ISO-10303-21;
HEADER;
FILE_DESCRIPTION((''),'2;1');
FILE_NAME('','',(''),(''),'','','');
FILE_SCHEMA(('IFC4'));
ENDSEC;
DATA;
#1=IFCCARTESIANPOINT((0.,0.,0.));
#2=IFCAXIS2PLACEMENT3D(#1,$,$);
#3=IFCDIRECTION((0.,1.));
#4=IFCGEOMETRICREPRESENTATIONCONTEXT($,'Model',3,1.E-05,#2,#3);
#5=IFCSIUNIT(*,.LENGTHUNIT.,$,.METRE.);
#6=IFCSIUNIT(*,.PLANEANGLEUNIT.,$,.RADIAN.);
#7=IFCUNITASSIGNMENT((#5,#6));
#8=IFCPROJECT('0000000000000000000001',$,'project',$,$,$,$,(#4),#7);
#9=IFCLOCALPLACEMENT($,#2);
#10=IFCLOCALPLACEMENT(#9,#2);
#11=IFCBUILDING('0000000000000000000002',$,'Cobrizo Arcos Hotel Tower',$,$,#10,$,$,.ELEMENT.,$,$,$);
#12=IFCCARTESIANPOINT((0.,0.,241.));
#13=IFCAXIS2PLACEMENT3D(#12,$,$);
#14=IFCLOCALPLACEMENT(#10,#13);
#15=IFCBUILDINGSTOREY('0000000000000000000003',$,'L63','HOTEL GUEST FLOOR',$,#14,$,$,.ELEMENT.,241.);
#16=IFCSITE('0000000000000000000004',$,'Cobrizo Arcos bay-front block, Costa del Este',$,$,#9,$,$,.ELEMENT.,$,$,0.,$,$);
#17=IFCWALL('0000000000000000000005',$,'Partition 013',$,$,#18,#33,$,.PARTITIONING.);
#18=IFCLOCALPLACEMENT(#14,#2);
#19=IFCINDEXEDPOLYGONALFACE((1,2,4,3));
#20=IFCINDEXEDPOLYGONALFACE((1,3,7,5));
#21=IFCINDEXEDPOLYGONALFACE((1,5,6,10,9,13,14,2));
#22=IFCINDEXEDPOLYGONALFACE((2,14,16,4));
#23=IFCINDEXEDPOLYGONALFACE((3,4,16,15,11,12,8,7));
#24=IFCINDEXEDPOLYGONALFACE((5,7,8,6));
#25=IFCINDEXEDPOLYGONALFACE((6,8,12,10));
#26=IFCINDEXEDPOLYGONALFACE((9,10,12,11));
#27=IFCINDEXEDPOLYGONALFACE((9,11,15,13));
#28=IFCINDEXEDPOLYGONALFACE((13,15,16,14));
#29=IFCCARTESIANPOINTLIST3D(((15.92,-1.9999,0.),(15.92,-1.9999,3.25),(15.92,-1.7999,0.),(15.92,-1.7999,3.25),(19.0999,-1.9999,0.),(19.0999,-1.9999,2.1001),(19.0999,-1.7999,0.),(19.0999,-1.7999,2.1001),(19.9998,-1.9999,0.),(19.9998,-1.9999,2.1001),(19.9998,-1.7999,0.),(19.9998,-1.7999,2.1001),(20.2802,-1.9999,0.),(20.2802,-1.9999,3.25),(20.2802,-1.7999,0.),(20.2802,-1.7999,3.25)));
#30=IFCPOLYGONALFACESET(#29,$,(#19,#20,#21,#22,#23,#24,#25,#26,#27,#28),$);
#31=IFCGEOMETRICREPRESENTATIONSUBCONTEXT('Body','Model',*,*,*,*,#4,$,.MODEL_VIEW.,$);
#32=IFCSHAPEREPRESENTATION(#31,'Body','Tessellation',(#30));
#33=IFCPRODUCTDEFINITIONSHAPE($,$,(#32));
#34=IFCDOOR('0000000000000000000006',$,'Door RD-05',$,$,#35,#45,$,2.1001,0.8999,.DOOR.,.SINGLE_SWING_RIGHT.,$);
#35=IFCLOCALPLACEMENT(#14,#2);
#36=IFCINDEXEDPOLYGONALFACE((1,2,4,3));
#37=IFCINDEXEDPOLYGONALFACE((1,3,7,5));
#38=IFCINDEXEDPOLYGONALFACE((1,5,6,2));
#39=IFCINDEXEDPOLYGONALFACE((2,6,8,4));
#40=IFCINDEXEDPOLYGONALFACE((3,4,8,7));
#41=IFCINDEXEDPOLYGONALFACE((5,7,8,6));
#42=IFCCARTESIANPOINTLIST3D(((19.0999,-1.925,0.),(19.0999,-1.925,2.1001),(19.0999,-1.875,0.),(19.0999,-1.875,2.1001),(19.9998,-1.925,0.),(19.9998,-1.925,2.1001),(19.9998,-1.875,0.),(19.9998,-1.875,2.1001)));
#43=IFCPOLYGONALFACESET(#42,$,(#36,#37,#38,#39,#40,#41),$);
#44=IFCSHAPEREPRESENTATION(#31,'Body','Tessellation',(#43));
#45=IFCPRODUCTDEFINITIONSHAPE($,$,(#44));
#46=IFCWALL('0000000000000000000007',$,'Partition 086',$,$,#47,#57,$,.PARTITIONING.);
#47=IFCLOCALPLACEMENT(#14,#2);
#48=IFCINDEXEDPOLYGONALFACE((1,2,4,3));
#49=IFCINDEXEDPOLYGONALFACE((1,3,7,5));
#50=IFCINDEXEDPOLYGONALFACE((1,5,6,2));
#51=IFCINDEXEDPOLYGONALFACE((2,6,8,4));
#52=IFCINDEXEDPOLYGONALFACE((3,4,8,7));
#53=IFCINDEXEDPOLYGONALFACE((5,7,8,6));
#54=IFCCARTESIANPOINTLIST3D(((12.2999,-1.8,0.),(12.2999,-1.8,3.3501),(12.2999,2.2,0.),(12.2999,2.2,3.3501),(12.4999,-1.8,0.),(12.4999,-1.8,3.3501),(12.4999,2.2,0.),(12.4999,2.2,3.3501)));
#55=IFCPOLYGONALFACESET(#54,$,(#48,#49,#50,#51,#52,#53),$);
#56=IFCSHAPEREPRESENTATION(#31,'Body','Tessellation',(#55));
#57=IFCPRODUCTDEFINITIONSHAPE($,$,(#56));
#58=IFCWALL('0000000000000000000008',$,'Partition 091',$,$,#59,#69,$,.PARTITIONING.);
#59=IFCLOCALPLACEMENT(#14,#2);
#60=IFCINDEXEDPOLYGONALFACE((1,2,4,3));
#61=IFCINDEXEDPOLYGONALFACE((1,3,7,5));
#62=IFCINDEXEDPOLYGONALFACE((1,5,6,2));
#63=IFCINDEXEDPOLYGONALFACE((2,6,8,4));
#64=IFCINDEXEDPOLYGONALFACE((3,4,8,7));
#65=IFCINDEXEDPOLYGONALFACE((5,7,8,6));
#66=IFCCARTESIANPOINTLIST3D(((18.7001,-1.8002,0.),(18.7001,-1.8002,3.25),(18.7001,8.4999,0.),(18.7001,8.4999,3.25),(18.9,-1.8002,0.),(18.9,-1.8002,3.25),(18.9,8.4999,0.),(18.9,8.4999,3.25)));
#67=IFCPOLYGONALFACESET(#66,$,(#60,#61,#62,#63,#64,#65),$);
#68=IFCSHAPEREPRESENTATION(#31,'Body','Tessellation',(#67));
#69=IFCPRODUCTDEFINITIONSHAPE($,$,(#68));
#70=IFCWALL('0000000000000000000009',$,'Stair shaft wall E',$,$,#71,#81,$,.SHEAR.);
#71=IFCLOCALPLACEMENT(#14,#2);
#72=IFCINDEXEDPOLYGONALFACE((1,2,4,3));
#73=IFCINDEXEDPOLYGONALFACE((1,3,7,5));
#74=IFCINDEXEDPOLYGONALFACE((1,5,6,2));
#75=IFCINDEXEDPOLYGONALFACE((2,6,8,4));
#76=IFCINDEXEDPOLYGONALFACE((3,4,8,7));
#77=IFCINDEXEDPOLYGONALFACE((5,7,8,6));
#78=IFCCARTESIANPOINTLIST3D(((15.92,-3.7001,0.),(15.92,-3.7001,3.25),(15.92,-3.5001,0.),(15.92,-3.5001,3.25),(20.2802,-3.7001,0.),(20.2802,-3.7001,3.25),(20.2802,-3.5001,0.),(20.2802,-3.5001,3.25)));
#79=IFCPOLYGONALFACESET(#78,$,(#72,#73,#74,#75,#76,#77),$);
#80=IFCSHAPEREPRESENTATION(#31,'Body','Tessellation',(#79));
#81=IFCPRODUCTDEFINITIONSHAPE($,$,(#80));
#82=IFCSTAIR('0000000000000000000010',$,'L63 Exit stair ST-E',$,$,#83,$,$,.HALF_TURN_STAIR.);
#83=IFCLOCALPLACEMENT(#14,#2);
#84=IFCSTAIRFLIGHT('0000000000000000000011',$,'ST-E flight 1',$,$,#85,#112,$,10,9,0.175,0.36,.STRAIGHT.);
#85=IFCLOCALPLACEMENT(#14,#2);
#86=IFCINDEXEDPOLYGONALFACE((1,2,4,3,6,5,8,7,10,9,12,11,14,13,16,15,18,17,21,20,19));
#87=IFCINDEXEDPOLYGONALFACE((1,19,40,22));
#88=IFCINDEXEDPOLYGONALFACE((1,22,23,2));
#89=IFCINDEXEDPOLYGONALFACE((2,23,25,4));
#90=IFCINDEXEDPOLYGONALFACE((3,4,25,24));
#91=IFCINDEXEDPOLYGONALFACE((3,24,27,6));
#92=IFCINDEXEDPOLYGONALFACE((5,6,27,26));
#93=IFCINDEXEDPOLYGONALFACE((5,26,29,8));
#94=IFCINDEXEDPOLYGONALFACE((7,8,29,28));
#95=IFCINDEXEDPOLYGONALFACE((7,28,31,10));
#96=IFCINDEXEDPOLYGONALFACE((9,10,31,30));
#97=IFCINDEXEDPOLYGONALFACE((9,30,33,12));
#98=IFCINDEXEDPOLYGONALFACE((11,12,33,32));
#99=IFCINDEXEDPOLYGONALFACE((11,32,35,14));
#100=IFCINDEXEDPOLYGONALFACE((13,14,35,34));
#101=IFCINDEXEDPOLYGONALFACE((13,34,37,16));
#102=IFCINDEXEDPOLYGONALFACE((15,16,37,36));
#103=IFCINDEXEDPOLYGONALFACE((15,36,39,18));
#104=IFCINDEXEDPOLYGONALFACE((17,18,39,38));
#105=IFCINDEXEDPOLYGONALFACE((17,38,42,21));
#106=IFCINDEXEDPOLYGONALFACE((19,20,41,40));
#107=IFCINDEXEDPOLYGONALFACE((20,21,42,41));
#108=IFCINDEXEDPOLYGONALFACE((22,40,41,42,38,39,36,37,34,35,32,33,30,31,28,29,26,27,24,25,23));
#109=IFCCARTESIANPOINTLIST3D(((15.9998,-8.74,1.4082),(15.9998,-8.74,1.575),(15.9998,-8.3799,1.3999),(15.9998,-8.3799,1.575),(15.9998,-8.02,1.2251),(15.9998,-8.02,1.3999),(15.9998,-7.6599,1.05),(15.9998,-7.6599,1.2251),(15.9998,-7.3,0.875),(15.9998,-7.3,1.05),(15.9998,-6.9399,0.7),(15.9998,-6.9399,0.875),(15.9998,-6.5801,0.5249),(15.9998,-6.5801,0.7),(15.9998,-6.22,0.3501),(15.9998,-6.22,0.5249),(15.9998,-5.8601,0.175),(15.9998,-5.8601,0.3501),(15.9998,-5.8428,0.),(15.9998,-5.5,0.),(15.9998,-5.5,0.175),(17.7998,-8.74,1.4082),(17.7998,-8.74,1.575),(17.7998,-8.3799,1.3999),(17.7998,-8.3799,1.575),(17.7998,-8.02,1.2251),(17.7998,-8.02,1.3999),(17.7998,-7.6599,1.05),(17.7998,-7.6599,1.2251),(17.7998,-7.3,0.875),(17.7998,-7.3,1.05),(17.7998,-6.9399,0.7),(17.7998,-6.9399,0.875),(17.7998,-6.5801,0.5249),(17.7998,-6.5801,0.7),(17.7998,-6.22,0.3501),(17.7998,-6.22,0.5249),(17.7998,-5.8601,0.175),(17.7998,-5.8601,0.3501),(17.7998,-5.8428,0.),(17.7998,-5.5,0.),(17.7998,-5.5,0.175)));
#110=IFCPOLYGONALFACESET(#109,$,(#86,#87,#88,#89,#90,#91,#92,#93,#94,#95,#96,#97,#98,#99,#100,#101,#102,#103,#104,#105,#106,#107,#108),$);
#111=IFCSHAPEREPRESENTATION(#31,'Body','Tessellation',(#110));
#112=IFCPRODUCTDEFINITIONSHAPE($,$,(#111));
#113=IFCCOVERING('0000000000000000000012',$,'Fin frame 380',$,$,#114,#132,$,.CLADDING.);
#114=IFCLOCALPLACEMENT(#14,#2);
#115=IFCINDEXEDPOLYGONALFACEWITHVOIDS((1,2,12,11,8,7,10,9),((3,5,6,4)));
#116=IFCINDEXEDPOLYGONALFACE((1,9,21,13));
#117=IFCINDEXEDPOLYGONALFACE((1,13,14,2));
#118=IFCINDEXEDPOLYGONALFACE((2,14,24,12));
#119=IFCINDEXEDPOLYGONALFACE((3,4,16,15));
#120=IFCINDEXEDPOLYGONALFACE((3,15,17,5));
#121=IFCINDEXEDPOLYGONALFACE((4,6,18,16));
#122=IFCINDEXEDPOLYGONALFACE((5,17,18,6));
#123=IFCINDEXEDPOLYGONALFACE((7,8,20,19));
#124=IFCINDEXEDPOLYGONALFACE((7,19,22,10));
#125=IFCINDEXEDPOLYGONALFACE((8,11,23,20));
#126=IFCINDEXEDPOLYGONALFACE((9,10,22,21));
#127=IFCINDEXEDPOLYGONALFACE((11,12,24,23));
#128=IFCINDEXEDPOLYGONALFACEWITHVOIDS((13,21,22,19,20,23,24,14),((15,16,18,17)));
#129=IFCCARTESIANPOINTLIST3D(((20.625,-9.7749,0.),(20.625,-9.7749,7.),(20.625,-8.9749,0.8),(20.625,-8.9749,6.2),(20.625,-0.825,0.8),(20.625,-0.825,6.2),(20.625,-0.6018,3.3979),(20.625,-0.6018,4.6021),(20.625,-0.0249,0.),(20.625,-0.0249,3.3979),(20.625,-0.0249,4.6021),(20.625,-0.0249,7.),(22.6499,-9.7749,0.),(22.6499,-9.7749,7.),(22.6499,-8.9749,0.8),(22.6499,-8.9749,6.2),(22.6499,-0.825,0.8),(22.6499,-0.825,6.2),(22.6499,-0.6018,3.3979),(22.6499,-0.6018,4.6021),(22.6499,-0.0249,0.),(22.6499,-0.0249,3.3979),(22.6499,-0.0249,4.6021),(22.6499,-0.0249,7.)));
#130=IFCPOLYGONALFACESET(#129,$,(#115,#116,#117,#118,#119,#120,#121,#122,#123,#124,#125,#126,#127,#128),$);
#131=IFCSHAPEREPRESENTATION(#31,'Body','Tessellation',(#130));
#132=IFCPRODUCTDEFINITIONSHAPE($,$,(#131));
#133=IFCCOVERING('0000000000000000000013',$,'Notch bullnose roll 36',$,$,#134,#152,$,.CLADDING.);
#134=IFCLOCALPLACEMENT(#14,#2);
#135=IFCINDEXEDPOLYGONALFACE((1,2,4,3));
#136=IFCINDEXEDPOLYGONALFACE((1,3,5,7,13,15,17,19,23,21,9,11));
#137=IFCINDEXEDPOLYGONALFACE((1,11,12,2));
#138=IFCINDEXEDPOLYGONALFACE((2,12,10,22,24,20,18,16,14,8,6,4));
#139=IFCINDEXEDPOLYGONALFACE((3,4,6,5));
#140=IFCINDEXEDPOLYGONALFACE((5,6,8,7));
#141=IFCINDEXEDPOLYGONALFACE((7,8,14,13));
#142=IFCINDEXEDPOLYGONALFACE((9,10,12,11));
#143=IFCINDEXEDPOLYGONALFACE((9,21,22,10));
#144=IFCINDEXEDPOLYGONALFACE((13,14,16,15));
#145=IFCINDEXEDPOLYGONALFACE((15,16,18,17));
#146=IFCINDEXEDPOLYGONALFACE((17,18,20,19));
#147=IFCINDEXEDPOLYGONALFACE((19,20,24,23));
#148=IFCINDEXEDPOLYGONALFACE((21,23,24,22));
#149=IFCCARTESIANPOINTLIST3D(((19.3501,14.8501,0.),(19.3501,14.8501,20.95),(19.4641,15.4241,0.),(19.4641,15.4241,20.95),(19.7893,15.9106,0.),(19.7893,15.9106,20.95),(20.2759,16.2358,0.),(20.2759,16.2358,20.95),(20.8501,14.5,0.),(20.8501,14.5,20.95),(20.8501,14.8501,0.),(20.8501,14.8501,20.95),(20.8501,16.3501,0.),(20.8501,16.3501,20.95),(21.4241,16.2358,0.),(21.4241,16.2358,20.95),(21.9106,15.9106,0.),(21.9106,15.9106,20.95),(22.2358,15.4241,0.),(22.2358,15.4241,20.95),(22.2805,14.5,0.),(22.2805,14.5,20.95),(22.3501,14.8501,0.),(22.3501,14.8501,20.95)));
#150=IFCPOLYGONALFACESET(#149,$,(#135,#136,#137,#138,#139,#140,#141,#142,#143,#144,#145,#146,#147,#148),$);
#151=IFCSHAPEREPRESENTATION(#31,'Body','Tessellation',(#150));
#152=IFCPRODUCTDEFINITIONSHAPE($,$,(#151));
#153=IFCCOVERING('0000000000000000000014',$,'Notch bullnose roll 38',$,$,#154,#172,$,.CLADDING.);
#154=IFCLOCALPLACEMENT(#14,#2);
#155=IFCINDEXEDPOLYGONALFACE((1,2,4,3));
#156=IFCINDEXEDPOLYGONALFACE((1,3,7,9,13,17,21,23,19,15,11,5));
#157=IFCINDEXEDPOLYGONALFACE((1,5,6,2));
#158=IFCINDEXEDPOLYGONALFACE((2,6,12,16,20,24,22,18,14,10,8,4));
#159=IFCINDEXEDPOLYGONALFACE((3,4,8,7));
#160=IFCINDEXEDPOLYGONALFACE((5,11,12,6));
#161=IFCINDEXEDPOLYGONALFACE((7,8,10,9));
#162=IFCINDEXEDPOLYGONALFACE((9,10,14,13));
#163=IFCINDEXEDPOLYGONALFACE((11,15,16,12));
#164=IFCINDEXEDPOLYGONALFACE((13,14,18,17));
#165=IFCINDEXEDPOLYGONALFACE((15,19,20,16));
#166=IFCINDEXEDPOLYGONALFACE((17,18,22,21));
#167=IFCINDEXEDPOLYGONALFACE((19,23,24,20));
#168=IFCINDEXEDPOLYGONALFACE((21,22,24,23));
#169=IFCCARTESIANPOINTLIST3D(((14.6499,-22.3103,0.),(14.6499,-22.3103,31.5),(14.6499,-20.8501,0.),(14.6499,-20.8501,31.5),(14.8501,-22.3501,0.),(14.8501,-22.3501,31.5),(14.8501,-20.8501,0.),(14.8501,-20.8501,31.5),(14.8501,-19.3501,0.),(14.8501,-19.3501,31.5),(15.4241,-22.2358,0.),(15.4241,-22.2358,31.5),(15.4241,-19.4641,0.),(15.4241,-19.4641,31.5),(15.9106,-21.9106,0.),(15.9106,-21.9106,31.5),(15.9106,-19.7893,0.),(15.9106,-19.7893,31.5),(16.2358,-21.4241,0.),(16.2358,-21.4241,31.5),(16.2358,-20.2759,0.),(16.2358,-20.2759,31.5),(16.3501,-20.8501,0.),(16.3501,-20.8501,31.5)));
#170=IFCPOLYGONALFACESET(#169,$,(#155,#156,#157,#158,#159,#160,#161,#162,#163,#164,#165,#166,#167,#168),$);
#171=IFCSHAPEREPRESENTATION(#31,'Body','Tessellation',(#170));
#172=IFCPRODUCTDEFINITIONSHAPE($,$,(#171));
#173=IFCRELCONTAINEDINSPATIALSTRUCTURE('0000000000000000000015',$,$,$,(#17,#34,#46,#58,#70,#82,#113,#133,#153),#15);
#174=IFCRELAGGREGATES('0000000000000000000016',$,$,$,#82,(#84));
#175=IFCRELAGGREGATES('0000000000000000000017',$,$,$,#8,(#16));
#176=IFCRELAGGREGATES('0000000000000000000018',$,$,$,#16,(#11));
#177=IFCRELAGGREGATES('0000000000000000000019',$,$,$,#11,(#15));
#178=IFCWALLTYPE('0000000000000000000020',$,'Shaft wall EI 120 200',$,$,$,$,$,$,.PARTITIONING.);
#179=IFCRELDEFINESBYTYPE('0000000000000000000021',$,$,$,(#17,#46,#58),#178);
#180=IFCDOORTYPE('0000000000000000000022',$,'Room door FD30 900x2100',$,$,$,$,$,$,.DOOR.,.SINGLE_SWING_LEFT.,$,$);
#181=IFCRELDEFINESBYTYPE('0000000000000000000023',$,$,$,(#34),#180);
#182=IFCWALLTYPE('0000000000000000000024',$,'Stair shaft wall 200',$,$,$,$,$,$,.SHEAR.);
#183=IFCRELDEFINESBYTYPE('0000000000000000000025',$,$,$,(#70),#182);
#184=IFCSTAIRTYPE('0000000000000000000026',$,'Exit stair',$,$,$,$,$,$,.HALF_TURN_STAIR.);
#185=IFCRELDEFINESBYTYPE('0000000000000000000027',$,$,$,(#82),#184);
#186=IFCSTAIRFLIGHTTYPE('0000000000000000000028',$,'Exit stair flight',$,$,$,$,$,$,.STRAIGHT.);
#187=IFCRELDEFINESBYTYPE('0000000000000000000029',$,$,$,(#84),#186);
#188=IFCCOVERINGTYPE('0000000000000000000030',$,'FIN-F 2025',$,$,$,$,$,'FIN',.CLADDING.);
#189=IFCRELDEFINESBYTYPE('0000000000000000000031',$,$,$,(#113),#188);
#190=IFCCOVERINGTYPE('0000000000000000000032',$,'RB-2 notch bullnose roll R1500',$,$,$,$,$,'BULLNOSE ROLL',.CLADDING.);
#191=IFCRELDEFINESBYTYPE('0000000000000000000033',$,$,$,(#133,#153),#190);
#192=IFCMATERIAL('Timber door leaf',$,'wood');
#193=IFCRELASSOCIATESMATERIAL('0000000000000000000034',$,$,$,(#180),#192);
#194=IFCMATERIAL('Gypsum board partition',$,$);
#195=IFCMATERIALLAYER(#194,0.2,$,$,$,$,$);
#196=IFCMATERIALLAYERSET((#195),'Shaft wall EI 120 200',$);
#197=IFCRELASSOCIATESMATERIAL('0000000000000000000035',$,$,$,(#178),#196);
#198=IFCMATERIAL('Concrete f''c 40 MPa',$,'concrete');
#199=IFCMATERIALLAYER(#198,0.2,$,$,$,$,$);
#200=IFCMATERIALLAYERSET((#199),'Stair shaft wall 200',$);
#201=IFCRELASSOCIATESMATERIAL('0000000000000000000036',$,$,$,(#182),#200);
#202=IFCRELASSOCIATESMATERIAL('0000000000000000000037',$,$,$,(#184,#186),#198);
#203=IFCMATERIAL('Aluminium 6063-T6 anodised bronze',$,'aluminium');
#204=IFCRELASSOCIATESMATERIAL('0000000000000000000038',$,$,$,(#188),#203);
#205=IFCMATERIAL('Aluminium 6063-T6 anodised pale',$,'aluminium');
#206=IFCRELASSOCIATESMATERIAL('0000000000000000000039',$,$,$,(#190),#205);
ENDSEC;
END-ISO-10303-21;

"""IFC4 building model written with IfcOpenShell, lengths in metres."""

from ifc_helpers import new_model, si_unit, direction, frame, frame_2d, origin, place, context, subcontext, project, spatial, polyline, rectangle, outline, extrude, material, layer, layer_set, type_object, element, fill, aggregate, save


model = new_model("IFC4")

# Units and contexts
model_context = context("Model", 3, precision=1e-05, world=origin(), true_north=direction((0.0, 1.0)))
body_context = subcontext(model_context, "Body", "Model", "MODEL_VIEW")
ifc_project = project(units=[si_unit("LENGTHUNIT", "METRE"), si_unit("PLANEANGLEUNIT", "RADIAN")], contexts=[model_context])

# Site, building, storey
site_placement = place(None, origin())
site = spatial("IfcSite", under=ifc_project, at=site_placement, Name="Cobrizo Arcos bay-front block, Costa del Este", CompositionType="ELEMENT", RefElevation=0.0)
building_placement = place(site_placement, origin())
building = spatial("IfcBuilding", under=site, at=building_placement, Name="Cobrizo Arcos Hotel Tower", CompositionType="ELEMENT")
storey_placement = place(building_placement, frame((0.0, 0.0, 241.0)))
storey = spatial("IfcBuildingStorey", under=building, at=storey_placement, Name="L63", Description="HOTEL GUEST FLOOR", CompositionType="ELEMENT", Elevation=241.0)

# Shared definitions
ifc_material_1 = material(Name="Gypsum board partition")

# Shared definitions
ifc_material_2 = material(Name="Timber door leaf", Category="wood")
door_type_1 = type_object("IfcDoorType", Name="Room door FD30 900x2100", OperationType="SINGLE_SWING_LEFT", PredefinedType="DOOR", material=ifc_material_2)

# Wall, opening, door
ifc_layer_1 = layer(ifc_material_1, 0.2)
ifc_layer_set_1 = layer_set([ifc_layer_1], Name="Shaft wall EI 120 200")
wall_type_1 = type_object("IfcWallType", Name="Shaft wall EI 120 200", PredefinedType="PARTITIONING", material=ifc_layer_set_1)
wall_1_placement = place(storey_placement, frame((15.9199, -1.8999, 0.0), z_axis=(0.0, 0.0, 1.0), x_axis=(1.0, 0.0, 0.0)))
wall_1 = element("IfcWall", 1, at=wall_1_placement, inside=storey, type_object=wall_type_1, Name="Partition 013", PredefinedType="PARTITIONING", context=body_context, shape_type="SweptSolid", body=[
    extrude(rectangle(XDim=4.3601, YDim=0.2, at=frame_2d((2.1802, 0.0))), origin(), (0.0, 0.0, 1.0), 3.25),
])
opening_1_placement = place(wall_1_placement, frame((3.1799, 0.0, 0.0)))
opening_1 = element("IfcOpeningElement", 2, at=opening_1_placement, cuts=wall_1, PredefinedType="OPENING", context=body_context, shape_type="SweptSolid", body=[
    extrude(rectangle(XDim=0.8999, YDim=2.1001, at=frame_2d((0.45, 1.05))), frame((0.0, 0.1121, 0.0), z_axis=(0.0, -1.0, 0.0), x_axis=(1.0, 0.0, 0.0)), (0.0, 0.0, 1.0), 0.2239),
])
door_1_placement = place(opening_1_placement, origin())
door_1 = element("IfcDoor", 3, at=door_1_placement, inside=storey, type_object=door_type_1, Name="Door RD-05", OperationType="SINGLE_SWING_RIGHT", OverallHeight=2.1001, OverallWidth=0.8999, PredefinedType="DOOR", context=body_context, shape_type="SweptSolid", body=[
    extrude(rectangle(XDim=0.8999, YDim=2.1001, at=frame_2d((0.45, 1.05))), frame((0.0, 0.0249, 0.0), z_axis=(0.0, -1.0, 0.0), x_axis=(1.0, 0.0, 0.0)), (0.0, 0.0, 1.0), 0.05),
])
fill(opening_1, door_1)

# Walls
wall_2_placement = place(storey_placement, frame((12.3999, -1.8, 0.0), z_axis=(0.0, 0.0, 1.0), x_axis=(0.0, 1.0, 0.0)))
element("IfcWall", 4, at=wall_2_placement, inside=storey, type_object=wall_type_1, Name="Partition 086", PredefinedType="PARTITIONING", context=body_context, shape_type="SweptSolid", body=[
    extrude(rectangle(XDim=4.0, YDim=0.2, at=frame_2d((2.0, 0.0))), origin(), (0.0, 0.0, 1.0), 3.3501),
])
wall_3_placement = place(storey_placement, frame((18.8, -1.8, 0.0), z_axis=(0.0, 0.0, 1.0), x_axis=(0.0, 1.0, 0.0)))
element("IfcWall", 5, at=wall_3_placement, inside=storey, type_object=wall_type_1, Name="Partition 091", PredefinedType="PARTITIONING", context=body_context, shape_type="SweptSolid", body=[
    extrude(rectangle(XDim=10.3, YDim=0.2, at=frame_2d((5.1499, 0.0))), origin(), (0.0, 0.0, 1.0), 3.25),
])
ifc_material_3 = material(Name="Concrete f'c 40 MPa", Category="concrete")
ifc_layer_2 = layer(ifc_material_3, 0.2)
ifc_layer_set_2 = layer_set([ifc_layer_2], Name="Stair shaft wall 200")
wall_type_2 = type_object("IfcWallType", Name="Stair shaft wall 200", PredefinedType="SHEAR", material=ifc_layer_set_2)
wall_4_placement = place(storey_placement, frame((15.9199, -3.6001, 0.0), z_axis=(0.0, 0.0, 1.0), x_axis=(1.0, 0.0, 0.0)))
element("IfcWall", 6, at=wall_4_placement, inside=storey, type_object=wall_type_2, Name="Stair shaft wall E", PredefinedType="SHEAR", context=body_context, shape_type="SweptSolid", body=[
    extrude(rectangle(XDim=4.3601, YDim=0.2, at=frame_2d((2.1802, 0.0))), origin(), (0.0, 0.0, 1.0), 3.25),
])

# Stair, stair flight
stair_type = type_object("IfcStairType", Name="Exit stair", PredefinedType="HALF_TURN_STAIR", material=ifc_material_3)
stair_placement = place(storey_placement, origin())
stair = element("IfcStair", 7, at=stair_placement, inside=storey, type_object=stair_type, Name="L63 Exit stair ST-E", PredefinedType="HALF_TURN_STAIR")
stair_flight_type = type_object("IfcStairFlightType", Name="Exit stair flight", PredefinedType="STRAIGHT", material=ifc_material_3)
stair_flight_placement = place(storey_placement, frame((16.8999, -5.5, 0.0), z_axis=(0.0, 0.0, 1.0), x_axis=(0.0, -1.0, 0.0)))
stair_flight = element("IfcStairFlight", 8, at=stair_flight_placement, type_object=stair_flight_type, Name="ST-E flight 1", NumberOfRisers=10, NumberOfTreads=9, PredefinedType="STRAIGHT", RiserHeight=0.175, TreadLength=0.36, context=body_context, shape_type="SweptSolid", body=[
    extrude(outline(polyline([(0.0, 0.0), (0.0, 0.175), (0.3601, 0.175), (0.3601, 0.3501), (0.72, 0.3501), (0.72, 0.5249), (1.0801, 0.5249), (1.0801, 0.7), (1.4399, 0.7), (1.4399, 0.875), (1.8, 0.875), (1.8, 1.05), (2.1599, 1.05), (2.1599, 1.2251), (2.52, 1.2251), (2.52, 1.3999), (2.8799, 1.3999), (2.8799, 1.575), (3.24, 1.575), (3.24, 1.75), (3.24, 1.4082), (0.3428, 0.0), (0.0, 0.0)])), frame((0.0, 0.8999, 0.0), z_axis=(0.0, -1.0, 0.0), x_axis=(1.0, 0.0, 0.0)), (0.0, 0.0, 1.0), 1.8),
])
aggregate(stair, [stair_flight])

# Coverings
ifc_material_4 = material(Name="Aluminium 6063-T6 anodised bronze", Category="aluminium")
covering_type_1 = type_object("IfcCoveringType", Name="FIN-F 2025", ElementType="FIN", PredefinedType="CLADDING", material=ifc_material_4)
covering_1_placement = place(storey_placement, frame((20.625, -9.7749, 0.0), z_axis=(1.0, 0.0, 0.0), x_axis=(0.0, 1.0, 0.0)))
element("IfcCovering", 9, at=covering_1_placement, inside=storey, type_object=covering_type_1, Name="Fin frame 380", PredefinedType="CLADDING", context=body_context, shape_type="SweptSolid", body=[
    extrude(outline(polyline([(9.75, 0.0), (9.75, 3.3979), (9.1731, 3.3979), (9.1731, 4.6021), (9.75, 4.6021), (9.75, 7.0), (0.0, 7.0), (0.0, 0.0), (9.75, 0.0)]), holes=[polyline([(8.95, 0.8), (0.8, 0.8), (0.8, 6.2), (8.95, 6.2), (8.95, 0.8)])]), origin(), (0.0, 0.0, 1.0), 2.0249),
])
ifc_material_5 = material(Name="Aluminium 6063-T6 anodised pale", Category="aluminium")
covering_type_2 = type_object("IfcCoveringType", Name="RB-2 notch bullnose roll R1500", ElementType="BULLNOSE ROLL", PredefinedType="CLADDING", material=ifc_material_5)
covering_2_placement = place(storey_placement, origin())
element("IfcCovering", 10, at=covering_2_placement, inside=storey, type_object=covering_type_2, Name="Notch bullnose roll 36", PredefinedType="CLADDING", context=body_context, shape_type="SweptSolid", body=[
    extrude(outline(polyline([(19.7893, 15.9106), (19.4641, 15.4241), (19.3501, 14.8501), (20.8501, 14.8501), (20.8501, 14.5), (22.2805, 14.5), (22.3501, 14.8501), (22.2358, 15.4241), (21.9106, 15.9106), (21.4241, 16.2358), (20.8501, 16.3501), (20.2759, 16.2358), (19.7893, 15.9106)])), origin(), (0.0, 0.0, 1.0), 20.95),
])
covering_3_placement = place(storey_placement, origin())
element("IfcCovering", 11, at=covering_3_placement, inside=storey, type_object=covering_type_2, Name="Notch bullnose roll 38", PredefinedType="CLADDING", context=body_context, shape_type="SweptSolid", body=[
    extrude(outline(polyline([(15.9106, -19.7893), (15.4241, -19.4641), (14.8501, -19.3501), (14.8501, -20.8501), (14.6499, -20.8501), (14.6499, -22.3103), (14.8501, -22.3501), (15.4241, -22.2358), (15.9106, -21.9106), (16.2358, -21.4241), (16.3501, -20.8501), (16.2358, -20.2759), (15.9106, -19.7893)])), origin(), (0.0, 0.0, 1.0), 31.5),
])

save(model, "model.ifc")
